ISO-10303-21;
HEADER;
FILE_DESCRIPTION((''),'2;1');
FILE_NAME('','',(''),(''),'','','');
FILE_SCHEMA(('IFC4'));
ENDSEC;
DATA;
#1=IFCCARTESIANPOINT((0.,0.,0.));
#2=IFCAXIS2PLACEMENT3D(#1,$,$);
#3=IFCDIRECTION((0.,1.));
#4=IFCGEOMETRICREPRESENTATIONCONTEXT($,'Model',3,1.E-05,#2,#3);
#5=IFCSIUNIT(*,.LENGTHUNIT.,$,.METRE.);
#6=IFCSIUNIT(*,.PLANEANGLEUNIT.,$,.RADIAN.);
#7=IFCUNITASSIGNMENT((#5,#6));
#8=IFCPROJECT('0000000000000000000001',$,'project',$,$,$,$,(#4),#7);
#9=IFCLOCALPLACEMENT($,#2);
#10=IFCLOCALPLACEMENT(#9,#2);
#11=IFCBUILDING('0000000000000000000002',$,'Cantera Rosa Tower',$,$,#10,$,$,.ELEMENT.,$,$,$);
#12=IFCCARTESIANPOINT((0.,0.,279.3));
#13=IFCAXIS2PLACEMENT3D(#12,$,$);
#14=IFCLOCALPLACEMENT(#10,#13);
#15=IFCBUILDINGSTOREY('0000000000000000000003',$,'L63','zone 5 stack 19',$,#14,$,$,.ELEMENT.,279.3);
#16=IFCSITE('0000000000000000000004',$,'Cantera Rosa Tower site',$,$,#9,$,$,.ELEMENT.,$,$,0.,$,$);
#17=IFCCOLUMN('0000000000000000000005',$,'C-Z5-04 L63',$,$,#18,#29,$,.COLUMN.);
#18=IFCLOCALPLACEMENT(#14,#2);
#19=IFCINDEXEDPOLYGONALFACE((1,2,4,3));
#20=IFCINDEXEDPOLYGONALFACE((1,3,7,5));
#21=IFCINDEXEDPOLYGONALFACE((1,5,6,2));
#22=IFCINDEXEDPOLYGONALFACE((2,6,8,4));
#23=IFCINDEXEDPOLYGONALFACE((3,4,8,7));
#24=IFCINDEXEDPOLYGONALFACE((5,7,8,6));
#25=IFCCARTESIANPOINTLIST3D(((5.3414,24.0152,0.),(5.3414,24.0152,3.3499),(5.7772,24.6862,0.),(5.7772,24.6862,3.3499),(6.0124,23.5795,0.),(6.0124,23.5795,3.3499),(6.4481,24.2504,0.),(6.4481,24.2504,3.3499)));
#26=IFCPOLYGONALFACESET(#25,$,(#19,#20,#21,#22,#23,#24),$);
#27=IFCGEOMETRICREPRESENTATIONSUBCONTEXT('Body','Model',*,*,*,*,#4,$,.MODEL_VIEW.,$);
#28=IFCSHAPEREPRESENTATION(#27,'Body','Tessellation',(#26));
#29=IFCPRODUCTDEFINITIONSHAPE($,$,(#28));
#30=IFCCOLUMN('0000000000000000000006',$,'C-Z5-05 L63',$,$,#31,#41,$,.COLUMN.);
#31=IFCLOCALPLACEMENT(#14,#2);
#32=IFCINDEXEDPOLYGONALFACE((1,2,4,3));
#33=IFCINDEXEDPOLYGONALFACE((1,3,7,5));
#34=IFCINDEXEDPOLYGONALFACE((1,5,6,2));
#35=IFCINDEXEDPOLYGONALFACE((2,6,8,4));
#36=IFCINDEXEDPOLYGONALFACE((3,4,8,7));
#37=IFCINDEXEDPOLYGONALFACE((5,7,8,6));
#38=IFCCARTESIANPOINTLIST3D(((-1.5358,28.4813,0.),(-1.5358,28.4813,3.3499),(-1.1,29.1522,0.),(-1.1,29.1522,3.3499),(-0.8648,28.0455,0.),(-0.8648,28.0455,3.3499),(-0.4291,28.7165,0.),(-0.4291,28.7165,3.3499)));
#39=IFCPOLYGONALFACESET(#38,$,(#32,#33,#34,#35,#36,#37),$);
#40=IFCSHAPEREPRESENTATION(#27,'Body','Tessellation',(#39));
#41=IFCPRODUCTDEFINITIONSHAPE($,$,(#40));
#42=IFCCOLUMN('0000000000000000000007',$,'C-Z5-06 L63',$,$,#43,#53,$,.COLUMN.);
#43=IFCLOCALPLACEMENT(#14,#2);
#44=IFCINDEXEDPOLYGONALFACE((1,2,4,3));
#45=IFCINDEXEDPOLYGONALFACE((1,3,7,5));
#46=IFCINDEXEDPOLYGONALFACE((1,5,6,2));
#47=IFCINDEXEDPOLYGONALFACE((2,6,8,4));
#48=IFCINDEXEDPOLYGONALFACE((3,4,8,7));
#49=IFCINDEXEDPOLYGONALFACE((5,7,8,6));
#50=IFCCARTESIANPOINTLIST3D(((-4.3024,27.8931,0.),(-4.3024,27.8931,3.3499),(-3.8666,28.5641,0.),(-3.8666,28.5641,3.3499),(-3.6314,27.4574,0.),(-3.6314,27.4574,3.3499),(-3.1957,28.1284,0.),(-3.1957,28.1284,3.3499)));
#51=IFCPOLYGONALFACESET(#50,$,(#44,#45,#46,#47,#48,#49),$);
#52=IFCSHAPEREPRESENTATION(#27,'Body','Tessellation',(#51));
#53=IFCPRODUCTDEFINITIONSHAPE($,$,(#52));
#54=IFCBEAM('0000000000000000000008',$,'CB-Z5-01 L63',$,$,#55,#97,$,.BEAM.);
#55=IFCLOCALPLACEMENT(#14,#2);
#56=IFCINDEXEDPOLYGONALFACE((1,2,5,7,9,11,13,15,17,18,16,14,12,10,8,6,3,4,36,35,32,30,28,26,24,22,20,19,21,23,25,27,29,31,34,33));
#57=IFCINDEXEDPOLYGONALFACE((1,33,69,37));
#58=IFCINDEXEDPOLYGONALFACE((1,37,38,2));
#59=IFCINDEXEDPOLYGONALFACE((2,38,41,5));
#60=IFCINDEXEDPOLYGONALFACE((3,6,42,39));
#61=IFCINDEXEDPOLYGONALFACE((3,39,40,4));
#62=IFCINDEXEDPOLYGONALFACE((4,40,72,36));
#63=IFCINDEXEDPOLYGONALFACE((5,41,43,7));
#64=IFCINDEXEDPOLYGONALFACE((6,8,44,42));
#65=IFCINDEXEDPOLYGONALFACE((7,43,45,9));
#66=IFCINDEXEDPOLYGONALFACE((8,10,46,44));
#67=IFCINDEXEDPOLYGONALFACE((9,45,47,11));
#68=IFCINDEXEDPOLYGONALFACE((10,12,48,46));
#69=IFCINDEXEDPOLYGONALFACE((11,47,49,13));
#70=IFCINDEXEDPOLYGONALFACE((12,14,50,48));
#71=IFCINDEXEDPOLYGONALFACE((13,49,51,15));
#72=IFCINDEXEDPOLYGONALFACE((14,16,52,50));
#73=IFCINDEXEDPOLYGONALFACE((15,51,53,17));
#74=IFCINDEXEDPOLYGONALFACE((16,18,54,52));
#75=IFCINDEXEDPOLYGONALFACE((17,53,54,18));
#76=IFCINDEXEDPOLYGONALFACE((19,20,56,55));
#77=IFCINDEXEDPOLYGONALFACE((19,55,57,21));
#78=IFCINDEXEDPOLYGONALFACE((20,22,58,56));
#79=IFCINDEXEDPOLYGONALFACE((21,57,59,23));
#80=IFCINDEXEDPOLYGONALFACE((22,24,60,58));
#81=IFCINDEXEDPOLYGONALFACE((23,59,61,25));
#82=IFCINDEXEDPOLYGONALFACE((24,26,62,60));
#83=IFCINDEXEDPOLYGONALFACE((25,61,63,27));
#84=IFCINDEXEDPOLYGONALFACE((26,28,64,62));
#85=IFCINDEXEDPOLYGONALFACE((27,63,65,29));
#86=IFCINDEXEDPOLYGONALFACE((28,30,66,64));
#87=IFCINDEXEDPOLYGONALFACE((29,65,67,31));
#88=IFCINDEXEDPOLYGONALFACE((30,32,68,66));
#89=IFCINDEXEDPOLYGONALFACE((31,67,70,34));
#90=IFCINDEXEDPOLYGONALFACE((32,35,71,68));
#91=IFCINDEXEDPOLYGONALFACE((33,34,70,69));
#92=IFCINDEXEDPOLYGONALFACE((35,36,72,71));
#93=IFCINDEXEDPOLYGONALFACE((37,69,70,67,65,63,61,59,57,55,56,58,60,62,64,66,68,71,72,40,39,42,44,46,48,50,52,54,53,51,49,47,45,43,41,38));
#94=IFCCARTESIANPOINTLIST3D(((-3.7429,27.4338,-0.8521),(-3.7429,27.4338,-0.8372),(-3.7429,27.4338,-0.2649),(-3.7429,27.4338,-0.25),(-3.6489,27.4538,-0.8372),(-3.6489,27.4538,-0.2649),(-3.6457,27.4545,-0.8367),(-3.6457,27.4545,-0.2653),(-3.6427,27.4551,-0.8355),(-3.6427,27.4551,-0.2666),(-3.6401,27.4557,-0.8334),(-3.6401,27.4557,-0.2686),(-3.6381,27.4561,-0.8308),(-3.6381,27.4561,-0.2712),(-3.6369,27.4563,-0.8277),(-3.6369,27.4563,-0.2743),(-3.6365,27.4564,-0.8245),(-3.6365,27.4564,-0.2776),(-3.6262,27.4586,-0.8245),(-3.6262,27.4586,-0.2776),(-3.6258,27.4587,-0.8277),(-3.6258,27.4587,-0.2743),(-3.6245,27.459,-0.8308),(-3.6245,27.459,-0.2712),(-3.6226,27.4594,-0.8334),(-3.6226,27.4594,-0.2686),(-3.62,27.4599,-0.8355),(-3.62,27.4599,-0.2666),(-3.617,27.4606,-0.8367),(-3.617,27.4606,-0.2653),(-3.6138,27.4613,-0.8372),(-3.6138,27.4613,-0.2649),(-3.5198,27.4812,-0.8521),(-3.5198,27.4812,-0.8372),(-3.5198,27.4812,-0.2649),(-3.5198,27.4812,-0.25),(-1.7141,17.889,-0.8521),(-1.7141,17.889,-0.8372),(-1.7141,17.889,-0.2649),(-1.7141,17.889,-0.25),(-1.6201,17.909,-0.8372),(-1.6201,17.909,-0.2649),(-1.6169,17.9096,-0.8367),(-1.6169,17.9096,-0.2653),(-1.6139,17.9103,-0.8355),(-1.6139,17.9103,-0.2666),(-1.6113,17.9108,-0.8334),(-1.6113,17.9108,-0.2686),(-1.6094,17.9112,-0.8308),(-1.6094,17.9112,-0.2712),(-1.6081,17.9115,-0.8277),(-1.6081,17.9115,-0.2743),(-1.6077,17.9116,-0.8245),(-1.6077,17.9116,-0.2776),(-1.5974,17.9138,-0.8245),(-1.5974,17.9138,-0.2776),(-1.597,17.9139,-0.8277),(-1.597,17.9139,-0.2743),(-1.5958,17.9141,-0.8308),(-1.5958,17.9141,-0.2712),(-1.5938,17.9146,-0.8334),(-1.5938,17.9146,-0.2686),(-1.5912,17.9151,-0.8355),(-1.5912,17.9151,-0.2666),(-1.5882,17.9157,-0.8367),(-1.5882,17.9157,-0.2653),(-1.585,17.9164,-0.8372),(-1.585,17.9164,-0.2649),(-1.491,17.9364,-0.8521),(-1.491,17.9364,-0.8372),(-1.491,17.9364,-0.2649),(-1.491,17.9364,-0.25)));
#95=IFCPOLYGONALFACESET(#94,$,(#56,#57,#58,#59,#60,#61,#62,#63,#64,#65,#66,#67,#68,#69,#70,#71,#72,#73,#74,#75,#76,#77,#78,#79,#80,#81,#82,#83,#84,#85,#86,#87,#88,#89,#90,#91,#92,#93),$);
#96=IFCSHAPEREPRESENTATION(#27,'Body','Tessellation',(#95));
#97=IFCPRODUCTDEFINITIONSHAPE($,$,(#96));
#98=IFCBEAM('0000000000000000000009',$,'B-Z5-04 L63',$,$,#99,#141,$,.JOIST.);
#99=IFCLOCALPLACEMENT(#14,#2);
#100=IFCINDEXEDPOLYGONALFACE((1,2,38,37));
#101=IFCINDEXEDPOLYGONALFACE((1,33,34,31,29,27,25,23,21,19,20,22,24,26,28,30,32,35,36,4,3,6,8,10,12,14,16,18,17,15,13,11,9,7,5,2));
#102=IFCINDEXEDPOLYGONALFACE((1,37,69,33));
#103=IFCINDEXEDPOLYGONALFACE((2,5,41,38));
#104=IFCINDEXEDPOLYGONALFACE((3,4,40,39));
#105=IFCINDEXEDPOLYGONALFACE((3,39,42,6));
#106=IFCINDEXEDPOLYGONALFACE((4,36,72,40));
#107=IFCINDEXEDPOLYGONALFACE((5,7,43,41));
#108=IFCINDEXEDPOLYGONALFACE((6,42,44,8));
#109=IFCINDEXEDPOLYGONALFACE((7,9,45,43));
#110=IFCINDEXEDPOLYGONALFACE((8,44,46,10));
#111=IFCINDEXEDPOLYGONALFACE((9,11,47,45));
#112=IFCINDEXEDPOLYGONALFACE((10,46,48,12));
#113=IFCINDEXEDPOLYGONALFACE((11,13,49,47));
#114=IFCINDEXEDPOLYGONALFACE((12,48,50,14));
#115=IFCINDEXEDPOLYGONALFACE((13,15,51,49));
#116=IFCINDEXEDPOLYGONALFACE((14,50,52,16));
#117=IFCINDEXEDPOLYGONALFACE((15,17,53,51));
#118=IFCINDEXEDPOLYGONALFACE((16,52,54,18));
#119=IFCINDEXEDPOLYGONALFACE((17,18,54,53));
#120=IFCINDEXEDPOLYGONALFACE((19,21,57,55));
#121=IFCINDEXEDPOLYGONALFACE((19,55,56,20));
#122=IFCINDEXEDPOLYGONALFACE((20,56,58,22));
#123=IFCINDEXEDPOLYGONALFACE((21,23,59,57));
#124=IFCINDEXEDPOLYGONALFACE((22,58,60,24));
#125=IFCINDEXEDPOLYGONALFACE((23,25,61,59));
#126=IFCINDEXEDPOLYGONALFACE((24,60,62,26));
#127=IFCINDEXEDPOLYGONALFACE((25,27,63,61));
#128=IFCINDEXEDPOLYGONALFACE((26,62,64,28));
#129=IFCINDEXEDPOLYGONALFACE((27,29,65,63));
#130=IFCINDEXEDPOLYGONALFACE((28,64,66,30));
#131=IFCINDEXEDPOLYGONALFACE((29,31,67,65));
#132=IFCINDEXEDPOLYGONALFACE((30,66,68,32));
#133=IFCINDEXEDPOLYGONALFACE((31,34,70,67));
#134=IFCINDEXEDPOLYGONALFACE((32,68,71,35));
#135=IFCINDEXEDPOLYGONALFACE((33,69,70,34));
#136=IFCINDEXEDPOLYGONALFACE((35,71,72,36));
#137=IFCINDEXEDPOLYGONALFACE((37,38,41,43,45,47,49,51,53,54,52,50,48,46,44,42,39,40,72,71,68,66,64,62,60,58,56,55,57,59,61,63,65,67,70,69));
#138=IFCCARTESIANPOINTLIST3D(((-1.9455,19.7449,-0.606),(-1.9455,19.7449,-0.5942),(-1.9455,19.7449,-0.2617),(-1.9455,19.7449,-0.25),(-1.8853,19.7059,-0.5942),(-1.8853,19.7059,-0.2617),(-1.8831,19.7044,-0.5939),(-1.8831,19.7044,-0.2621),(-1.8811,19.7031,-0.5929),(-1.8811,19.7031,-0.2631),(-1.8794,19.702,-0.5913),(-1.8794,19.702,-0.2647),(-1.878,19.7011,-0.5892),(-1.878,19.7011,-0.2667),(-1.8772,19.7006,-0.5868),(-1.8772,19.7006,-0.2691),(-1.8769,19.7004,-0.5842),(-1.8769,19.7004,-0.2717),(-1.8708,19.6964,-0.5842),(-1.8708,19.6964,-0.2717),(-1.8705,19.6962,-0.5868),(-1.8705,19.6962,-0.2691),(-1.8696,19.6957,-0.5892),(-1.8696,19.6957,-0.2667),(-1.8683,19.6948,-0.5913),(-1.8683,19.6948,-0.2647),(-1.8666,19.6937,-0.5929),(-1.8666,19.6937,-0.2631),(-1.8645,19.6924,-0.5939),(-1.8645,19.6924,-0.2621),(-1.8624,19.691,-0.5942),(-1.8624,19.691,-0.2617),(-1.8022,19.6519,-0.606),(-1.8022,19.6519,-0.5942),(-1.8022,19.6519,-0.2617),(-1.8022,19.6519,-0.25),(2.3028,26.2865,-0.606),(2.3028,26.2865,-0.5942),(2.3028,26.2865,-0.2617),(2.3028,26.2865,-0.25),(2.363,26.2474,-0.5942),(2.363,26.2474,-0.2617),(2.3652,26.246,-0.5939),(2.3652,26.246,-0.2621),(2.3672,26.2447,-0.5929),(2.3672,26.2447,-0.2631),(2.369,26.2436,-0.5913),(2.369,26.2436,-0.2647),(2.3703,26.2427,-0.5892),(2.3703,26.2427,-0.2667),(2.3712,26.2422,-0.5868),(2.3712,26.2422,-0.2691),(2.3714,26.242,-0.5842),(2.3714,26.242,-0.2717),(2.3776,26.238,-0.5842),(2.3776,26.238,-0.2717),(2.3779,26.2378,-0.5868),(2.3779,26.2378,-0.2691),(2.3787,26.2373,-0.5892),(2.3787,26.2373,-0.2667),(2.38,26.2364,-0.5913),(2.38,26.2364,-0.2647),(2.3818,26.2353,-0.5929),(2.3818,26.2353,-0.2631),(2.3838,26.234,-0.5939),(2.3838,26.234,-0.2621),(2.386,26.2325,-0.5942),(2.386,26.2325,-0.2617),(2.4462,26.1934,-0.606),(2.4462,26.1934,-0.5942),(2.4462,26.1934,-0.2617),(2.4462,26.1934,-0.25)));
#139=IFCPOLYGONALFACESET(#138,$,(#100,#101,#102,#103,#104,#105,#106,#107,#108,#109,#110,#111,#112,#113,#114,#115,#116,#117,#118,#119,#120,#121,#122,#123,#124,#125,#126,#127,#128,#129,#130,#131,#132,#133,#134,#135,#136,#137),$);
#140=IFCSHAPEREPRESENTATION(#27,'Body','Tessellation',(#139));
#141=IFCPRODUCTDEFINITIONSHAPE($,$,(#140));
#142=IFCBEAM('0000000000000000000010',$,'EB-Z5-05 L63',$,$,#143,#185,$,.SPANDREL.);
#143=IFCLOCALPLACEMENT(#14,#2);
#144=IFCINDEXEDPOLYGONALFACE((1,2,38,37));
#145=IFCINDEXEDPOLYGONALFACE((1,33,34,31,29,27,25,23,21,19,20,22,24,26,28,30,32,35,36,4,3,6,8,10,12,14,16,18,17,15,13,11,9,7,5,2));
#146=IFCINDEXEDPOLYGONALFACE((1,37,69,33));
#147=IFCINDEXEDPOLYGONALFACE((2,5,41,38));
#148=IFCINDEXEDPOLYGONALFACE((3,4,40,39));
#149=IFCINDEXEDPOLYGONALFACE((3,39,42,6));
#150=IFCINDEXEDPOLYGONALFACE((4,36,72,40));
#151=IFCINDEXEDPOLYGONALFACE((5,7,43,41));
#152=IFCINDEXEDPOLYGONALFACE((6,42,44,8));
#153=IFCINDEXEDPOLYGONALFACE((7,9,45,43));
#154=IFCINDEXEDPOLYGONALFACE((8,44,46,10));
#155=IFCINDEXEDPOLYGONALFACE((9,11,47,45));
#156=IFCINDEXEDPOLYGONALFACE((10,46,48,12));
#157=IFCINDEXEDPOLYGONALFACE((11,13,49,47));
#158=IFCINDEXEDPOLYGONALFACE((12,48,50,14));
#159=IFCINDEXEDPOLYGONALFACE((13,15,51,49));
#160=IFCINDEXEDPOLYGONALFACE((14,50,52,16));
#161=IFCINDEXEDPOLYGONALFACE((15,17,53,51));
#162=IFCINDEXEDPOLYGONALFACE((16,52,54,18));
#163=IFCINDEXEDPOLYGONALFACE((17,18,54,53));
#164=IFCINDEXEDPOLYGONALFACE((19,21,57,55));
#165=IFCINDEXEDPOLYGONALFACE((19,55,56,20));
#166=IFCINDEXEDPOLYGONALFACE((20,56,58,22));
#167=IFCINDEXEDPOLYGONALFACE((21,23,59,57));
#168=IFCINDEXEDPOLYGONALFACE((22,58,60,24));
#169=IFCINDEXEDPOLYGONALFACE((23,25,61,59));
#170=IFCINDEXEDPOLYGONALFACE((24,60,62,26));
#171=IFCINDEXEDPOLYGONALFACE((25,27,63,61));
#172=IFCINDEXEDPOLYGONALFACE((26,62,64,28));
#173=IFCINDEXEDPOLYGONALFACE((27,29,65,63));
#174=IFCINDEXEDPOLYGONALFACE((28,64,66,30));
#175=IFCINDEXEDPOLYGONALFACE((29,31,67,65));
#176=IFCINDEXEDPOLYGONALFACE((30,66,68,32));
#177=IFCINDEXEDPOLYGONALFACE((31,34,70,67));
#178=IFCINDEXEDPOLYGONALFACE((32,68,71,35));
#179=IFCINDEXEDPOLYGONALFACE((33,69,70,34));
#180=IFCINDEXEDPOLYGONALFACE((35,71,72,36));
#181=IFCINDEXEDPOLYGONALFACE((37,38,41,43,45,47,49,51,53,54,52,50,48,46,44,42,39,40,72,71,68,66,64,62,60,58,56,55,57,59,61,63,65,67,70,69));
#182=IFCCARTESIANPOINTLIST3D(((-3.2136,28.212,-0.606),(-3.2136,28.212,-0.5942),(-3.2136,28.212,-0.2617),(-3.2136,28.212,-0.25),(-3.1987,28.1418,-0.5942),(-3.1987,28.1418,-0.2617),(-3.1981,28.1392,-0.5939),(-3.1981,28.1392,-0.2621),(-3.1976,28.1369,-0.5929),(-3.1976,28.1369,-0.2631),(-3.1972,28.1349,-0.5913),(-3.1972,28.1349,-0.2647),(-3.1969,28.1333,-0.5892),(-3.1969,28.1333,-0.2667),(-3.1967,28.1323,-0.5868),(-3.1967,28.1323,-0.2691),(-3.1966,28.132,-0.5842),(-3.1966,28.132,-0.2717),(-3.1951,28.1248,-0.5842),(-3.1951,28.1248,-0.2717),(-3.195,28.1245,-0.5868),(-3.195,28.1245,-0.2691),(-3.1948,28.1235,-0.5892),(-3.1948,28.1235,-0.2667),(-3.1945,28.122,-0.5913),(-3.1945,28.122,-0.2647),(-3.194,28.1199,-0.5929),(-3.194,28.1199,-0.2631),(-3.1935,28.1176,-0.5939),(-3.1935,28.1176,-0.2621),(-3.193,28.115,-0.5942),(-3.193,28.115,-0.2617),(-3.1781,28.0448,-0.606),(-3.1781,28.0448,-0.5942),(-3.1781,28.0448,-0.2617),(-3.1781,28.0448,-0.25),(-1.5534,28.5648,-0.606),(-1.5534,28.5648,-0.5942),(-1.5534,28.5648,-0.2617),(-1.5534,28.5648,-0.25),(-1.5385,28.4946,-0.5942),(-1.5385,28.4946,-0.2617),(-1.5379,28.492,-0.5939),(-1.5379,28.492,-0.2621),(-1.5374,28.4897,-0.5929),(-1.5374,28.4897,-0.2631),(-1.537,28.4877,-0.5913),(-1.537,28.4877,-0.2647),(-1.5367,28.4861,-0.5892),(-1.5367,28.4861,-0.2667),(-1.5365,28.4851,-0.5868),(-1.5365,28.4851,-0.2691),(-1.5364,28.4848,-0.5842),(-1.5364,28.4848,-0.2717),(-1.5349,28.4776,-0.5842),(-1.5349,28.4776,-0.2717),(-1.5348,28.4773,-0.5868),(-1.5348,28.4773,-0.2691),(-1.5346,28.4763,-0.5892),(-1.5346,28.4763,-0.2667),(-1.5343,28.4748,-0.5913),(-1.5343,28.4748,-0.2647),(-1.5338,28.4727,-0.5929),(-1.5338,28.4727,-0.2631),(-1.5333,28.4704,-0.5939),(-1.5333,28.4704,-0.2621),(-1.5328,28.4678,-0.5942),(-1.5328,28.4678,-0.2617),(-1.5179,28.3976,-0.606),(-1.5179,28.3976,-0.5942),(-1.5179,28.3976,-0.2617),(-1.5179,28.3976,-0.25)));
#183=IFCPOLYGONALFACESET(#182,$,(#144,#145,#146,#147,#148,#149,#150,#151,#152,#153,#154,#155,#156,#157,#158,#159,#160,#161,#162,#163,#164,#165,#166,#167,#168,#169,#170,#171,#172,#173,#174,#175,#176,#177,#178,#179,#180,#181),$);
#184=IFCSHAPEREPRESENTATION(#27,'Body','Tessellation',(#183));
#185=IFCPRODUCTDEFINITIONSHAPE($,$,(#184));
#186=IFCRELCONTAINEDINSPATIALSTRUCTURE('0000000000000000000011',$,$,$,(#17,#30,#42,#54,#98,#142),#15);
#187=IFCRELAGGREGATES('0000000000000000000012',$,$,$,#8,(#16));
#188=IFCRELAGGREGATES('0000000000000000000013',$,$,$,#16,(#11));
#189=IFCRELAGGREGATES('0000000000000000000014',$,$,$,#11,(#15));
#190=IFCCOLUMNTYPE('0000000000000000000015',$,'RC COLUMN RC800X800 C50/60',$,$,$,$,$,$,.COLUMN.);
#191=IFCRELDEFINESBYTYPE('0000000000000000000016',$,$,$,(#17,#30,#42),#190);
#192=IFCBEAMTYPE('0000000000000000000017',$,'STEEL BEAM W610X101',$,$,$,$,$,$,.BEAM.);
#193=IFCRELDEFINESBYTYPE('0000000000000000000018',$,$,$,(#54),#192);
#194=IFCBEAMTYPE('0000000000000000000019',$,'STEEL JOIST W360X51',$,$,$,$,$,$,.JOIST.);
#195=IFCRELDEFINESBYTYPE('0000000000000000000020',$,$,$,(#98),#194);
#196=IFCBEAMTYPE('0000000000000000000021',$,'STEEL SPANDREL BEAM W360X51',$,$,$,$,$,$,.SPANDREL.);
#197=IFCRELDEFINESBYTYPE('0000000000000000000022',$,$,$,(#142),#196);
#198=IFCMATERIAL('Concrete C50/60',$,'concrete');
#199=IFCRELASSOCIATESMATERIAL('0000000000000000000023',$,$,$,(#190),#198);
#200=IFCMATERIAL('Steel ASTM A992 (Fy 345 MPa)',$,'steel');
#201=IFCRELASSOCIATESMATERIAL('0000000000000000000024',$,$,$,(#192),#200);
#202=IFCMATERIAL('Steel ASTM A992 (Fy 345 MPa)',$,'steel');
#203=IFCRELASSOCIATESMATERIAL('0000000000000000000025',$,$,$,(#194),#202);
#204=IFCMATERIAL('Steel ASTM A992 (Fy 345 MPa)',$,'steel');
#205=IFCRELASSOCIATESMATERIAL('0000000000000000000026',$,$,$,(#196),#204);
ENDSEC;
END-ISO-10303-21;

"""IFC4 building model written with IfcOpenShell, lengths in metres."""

from ifc_helpers import new_model, si_unit, direction, frame, origin, origin_2d, place, context, subcontext, project, spatial, rectangle, i_section, extrude, material, material_profile, profile_set, type_object, element, save


model = new_model("IFC4")

# Units and contexts
model_context = context("Model", 3, precision=1e-05, world=origin(), true_north=direction((0.0, 1.0)))
body_context = subcontext(model_context, "Body", "Model", "MODEL_VIEW")
ifc_project = project(units=[si_unit("LENGTHUNIT", "METRE"), si_unit("PLANEANGLEUNIT", "RADIAN")], contexts=[model_context])

# Site, building, storey
site_placement = place(None, origin())
site = spatial("IfcSite", under=ifc_project, at=site_placement, Name="Cantera Rosa Tower site", CompositionType="ELEMENT", RefElevation=0.0)
building_placement = place(site_placement, origin())
building = spatial("IfcBuilding", under=site, at=building_placement, Name="Cantera Rosa Tower", CompositionType="ELEMENT")
storey_placement = place(building_placement, frame((0.0, 0.0, 279.3)))
storey = spatial("IfcBuildingStorey", under=building, at=storey_placement, Name="L63", Description="zone 5 stack 19", CompositionType="ELEMENT", Elevation=279.3)

# Columns
ifc_material_1 = material(Name="Concrete C50/60", Category="concrete")
ifc_material_profile_1 = material_profile(ifc_material_1, rectangle(XDim=0.8, YDim=0.8, at=origin_2d()), Name="RC COLUMN RC800X800 C50/60")
ifc_profile_set_1 = profile_set([ifc_material_profile_1], Name="Concrete C50/60")
column_type = type_object("IfcColumnType", Name="RC COLUMN RC800X800 C50/60", PredefinedType="COLUMN", material=ifc_profile_set_1)
for number, where, z_axis, x_axis, name in (
    (1, (5.8948, 24.1328, 0.0), (0.0, 0.0, 1.0), (0.544639, 0.838671, 0.0), "C-Z5-04 L63"),
    (2, (-0.9824, 28.5989, 0.0), (0.0, 0.0, 1.0), (0.544639, 0.838671, 0.0), "C-Z5-05 L63"),
    (3, (-3.749, 28.0107, 0.0), (0.0, 0.0, 1.0), (0.544639, 0.838671, 0.0), "C-Z5-06 L63"),
):
    element("IfcColumn", number, at=place(storey_placement, frame(where, z_axis=z_axis, x_axis=x_axis)), inside=storey, type_object=column_type, Name=name, PredefinedType="COLUMN", context=body_context, shape_type="SweptSolid", body=[
        extrude(rectangle(XDim=0.8, YDim=0.8, at=origin_2d()), origin(), (0.0, 0.0, 1.0), 3.3499),
    ])

# Beams
ifc_material_2 = material(Name="Steel ASTM A992 (Fy 345 MPa)", Category="steel")
ifc_material_profile_2 = material_profile(ifc_material_2, i_section(OverallWidth=0.228, OverallDepth=0.6021, WebThickness=0.0105, FlangeThickness=0.0149, FilletRadius=0.0127, at=origin_2d()), Name="W610X101")
ifc_profile_set_2 = profile_set([ifc_material_profile_2], Name="Steel ASTM A992 (Fy 345 MPa)")
beam_type_1 = type_object("IfcBeamType", Name="STEEL BEAM W610X101", PredefinedType="BEAM", material=ifc_profile_set_2)
beam_1_placement = place(storey_placement, frame((-3.6313, 27.4575, -0.551), z_axis=(0.207909, -0.978148, 0.0), x_axis=(0.978148, 0.207909, 0.0)))
element("IfcBeam", 4, at=beam_1_placement, inside=storey, type_object=beam_type_1, Name="CB-Z5-01 L63", PredefinedType="BEAM", context=body_context, shape_type="SweptSolid", body=[
    extrude(i_section(OverallWidth=0.228, OverallDepth=0.6021, WebThickness=0.0105, FlangeThickness=0.0149, FilletRadius=0.0127, at=origin_2d()), origin(), (0.0, 0.0, 1.0), 9.7581),
])
ifc_material_3 = material(Name="Steel ASTM A992 (Fy 345 MPa)", Category="steel")
ifc_material_profile_3 = material_profile(ifc_material_3, i_section(OverallWidth=0.1709, OverallDepth=0.356, WebThickness=0.0073, FlangeThickness=0.0117, FilletRadius=0.01, at=origin_2d()), Name="W360X51")
ifc_profile_set_3 = profile_set([ifc_material_profile_3], Name="Steel ASTM A992 (Fy 345 MPa)")
beam_type_2 = type_object("IfcBeamType", Name="STEEL JOIST W360X51", PredefinedType="JOIST", material=ifc_profile_set_3)
beam_2_placement = place(storey_placement, frame((2.3745, 26.24, -0.428), z_axis=(-0.544656, -0.83866, 0.0), x_axis=(0.83866, -0.544656, 0.0)))
element("IfcBeam", 5, at=beam_2_placement, inside=storey, type_object=beam_type_2, Name="B-Z5-04 L63", PredefinedType="JOIST", context=body_context, shape_type="SweptSolid", body=[
    extrude(i_section(OverallWidth=0.1709, OverallDepth=0.356, WebThickness=0.0073, FlangeThickness=0.0117, FilletRadius=0.01, at=origin_2d()), origin(), (0.0, 0.0, 1.0), 7.8),
])
ifc_material_4 = material(Name="Steel ASTM A992 (Fy 345 MPa)", Category="steel")
ifc_material_profile_4 = material_profile(ifc_material_4, i_section(OverallWidth=0.1709, OverallDepth=0.356, WebThickness=0.0073, FlangeThickness=0.0117, FilletRadius=0.01, at=origin_2d()), Name="W360X51")
ifc_profile_set_4 = profile_set([ifc_material_profile_4], Name="Steel ASTM A992 (Fy 345 MPa)")
beam_type_3 = type_object("IfcBeamType", Name="STEEL SPANDREL BEAM W360X51", PredefinedType="SPANDREL", material=ifc_profile_set_4)
beam_3_placement = place(storey_placement, frame((-1.5356, 28.4812, -0.428), z_axis=(-0.978159, -0.207859, 0.0), x_axis=(0.207859, -0.978159, 0.0)))
element("IfcBeam", 6, at=beam_3_placement, inside=storey, type_object=beam_type_3, Name="EB-Z5-05 L63", PredefinedType="SPANDREL", context=body_context, shape_type="SweptSolid", body=[
    extrude(i_section(OverallWidth=0.1709, OverallDepth=0.356, WebThickness=0.0073, FlangeThickness=0.0117, FilletRadius=0.01, at=origin_2d()), origin(), (0.0, 0.0, 1.0), 1.6973),
])

save(model, "model.ifc")
